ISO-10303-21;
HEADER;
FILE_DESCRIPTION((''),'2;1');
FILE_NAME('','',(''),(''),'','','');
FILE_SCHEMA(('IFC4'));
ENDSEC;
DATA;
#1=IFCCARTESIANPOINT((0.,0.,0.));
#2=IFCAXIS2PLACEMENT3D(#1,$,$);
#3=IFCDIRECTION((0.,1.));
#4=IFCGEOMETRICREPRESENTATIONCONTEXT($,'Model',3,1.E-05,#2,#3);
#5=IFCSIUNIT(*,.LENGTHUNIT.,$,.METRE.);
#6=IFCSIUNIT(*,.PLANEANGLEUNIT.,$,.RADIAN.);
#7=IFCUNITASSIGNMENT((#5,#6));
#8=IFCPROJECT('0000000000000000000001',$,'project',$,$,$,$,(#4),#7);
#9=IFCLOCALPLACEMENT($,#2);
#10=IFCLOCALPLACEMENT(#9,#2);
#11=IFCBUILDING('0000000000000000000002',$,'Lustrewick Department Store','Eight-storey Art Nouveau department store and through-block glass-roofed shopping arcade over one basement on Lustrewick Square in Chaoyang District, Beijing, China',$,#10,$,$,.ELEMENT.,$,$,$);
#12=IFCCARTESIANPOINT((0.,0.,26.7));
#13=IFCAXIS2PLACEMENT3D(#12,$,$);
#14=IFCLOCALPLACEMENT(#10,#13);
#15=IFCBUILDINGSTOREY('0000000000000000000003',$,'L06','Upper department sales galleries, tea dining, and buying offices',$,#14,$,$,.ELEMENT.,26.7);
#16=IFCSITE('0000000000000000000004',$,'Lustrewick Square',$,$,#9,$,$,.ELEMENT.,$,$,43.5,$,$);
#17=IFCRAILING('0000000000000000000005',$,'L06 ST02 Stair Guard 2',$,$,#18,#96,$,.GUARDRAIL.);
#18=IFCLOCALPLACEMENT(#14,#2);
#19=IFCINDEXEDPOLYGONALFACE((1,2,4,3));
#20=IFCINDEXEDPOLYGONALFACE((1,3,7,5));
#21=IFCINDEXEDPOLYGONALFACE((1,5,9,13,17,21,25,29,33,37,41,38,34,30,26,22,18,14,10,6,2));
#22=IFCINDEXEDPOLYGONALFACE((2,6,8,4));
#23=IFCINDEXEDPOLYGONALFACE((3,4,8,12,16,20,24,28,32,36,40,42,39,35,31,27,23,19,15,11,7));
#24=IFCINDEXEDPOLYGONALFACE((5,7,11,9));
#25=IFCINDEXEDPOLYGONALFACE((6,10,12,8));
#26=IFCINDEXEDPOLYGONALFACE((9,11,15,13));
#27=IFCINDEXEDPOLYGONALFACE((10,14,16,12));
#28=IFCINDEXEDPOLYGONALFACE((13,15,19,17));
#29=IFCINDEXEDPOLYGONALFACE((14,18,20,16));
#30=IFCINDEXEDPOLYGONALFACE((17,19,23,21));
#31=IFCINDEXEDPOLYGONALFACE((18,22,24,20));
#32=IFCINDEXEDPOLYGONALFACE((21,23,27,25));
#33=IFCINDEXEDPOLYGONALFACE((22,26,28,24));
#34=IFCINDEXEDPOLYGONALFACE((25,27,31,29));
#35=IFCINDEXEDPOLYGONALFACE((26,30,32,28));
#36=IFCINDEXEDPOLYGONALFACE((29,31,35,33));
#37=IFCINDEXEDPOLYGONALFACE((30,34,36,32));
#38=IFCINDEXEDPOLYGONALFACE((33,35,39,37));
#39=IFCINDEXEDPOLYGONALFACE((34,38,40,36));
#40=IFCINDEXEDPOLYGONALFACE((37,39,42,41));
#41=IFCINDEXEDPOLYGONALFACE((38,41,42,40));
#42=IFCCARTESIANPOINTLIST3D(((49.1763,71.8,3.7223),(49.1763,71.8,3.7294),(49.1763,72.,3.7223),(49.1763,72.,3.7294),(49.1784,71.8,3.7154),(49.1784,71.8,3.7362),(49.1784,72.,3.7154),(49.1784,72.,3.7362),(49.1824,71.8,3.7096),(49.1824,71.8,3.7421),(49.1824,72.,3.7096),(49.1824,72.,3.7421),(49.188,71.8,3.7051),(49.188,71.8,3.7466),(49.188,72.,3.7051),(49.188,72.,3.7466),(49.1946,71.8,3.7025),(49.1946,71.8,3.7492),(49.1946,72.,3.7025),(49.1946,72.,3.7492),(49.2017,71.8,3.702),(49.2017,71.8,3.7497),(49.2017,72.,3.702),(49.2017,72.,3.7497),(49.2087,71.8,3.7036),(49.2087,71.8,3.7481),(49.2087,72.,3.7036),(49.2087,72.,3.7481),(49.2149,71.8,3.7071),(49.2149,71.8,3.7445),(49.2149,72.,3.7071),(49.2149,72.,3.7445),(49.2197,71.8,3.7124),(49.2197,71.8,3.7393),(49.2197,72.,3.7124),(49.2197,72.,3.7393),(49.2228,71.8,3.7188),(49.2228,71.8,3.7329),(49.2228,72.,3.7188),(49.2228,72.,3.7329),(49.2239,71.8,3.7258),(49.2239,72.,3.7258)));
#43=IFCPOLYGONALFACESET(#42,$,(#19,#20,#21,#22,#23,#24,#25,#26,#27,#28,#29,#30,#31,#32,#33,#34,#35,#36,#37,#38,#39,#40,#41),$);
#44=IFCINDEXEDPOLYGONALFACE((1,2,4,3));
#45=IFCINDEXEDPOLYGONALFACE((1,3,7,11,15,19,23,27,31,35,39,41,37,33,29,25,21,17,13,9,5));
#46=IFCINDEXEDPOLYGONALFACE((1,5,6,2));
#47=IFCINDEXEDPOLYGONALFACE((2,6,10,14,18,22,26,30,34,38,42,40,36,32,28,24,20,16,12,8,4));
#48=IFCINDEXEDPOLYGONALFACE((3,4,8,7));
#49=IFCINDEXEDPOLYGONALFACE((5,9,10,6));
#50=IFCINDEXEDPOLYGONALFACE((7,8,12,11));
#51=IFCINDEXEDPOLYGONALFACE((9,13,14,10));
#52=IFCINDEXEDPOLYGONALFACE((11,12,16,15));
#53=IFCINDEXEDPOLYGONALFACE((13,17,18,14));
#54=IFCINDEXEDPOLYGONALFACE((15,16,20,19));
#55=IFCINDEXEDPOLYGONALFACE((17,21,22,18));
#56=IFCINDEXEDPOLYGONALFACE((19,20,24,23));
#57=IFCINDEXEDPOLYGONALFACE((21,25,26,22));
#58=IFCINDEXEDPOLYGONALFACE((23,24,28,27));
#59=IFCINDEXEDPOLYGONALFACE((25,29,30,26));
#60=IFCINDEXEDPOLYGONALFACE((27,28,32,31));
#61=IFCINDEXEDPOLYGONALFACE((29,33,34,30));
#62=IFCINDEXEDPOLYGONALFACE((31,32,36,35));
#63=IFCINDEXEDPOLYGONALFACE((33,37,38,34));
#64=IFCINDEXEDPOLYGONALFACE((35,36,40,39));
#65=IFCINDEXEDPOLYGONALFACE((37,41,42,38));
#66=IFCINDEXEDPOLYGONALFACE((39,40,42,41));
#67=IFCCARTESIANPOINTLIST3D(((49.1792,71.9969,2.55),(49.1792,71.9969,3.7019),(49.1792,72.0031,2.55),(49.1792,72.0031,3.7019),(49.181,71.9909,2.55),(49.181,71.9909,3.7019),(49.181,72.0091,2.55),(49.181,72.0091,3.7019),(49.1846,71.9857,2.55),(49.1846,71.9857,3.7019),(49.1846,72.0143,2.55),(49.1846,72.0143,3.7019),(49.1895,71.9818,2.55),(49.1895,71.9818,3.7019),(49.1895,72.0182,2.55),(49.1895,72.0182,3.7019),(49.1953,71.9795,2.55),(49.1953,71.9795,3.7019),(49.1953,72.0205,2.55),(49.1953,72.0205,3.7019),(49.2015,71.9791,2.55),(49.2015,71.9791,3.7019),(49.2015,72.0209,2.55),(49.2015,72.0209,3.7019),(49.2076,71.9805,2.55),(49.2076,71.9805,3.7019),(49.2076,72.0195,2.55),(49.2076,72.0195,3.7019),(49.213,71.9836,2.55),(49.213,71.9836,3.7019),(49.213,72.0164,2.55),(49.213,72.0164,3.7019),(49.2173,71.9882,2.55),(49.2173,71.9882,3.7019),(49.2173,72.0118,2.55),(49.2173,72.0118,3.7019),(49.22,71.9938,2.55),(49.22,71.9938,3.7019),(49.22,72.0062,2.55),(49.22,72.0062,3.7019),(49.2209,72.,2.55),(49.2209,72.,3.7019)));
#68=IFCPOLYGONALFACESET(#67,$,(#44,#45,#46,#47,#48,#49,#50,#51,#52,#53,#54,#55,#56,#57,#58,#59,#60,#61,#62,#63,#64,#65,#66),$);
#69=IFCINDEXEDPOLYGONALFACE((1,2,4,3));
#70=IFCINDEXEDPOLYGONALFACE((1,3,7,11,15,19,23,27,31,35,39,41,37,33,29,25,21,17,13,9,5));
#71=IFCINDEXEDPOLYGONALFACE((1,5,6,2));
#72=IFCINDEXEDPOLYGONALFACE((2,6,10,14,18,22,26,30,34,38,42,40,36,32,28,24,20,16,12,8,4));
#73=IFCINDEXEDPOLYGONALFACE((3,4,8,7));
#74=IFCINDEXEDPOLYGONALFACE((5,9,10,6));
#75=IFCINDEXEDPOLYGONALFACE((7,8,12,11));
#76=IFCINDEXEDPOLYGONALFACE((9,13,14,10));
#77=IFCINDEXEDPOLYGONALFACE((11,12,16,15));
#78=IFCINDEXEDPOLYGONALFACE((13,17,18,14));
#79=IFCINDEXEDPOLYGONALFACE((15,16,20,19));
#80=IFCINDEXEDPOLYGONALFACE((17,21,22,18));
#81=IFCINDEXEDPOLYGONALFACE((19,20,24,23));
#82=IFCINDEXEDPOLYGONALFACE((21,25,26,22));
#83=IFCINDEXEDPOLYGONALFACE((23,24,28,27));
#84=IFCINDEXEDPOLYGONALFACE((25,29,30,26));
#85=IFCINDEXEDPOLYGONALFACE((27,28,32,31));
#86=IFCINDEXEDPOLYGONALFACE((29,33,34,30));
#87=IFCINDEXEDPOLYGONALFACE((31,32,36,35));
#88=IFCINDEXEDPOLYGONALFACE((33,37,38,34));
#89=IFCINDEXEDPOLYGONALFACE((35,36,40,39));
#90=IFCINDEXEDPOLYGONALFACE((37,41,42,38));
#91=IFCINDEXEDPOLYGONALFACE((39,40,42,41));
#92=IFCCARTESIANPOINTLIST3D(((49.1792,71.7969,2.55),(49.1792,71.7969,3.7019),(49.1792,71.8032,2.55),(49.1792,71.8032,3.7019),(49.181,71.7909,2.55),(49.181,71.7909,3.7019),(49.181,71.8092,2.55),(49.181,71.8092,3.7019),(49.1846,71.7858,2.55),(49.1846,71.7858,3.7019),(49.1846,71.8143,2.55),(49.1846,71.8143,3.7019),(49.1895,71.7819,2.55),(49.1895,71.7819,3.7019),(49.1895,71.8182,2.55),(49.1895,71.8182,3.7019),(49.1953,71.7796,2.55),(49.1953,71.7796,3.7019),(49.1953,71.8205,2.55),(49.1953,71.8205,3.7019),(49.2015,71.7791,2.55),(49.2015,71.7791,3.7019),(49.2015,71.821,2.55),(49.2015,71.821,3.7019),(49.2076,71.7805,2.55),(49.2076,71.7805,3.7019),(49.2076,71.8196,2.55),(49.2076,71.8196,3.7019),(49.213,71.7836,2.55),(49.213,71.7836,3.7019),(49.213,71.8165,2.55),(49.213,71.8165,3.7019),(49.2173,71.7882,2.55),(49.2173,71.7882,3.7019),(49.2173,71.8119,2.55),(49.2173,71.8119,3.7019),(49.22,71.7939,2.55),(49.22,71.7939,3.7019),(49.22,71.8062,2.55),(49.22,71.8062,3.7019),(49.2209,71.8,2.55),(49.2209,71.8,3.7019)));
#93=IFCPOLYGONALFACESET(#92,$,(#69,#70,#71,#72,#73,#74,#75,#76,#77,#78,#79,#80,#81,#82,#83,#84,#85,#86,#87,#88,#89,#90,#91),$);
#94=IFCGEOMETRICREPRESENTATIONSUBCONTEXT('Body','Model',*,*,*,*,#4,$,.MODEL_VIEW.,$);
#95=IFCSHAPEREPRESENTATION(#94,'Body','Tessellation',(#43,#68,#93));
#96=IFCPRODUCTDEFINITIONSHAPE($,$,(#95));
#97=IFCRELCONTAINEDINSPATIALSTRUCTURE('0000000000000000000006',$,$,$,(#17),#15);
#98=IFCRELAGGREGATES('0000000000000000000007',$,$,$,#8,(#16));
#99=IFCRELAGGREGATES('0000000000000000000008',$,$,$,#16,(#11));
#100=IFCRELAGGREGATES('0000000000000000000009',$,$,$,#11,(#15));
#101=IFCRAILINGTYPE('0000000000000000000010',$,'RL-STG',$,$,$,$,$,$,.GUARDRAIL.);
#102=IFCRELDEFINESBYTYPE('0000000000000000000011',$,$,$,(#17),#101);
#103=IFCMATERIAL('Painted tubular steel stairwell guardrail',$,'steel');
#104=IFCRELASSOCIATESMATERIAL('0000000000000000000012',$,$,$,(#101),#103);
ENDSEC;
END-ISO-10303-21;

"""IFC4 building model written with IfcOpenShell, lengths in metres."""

from ifc_helpers import new_model, si_unit, direction, frame, origin, origin_2d, place, context, subcontext, project, spatial, circle, extrude, material, type_object, element, save


model = new_model("IFC4")

# Units and contexts
model_context = context("Model", 3, precision=1e-05, world=origin(), true_north=direction((0.0, 1.0)))
body_context = subcontext(model_context, "Body", "Model", "MODEL_VIEW")
ifc_project = project(units=[si_unit("LENGTHUNIT", "METRE"), si_unit("PLANEANGLEUNIT", "RADIAN")], contexts=[model_context])

# Site, building, storey
site_placement = place(None, origin())
site = spatial("IfcSite", under=ifc_project, at=site_placement, Name="Lustrewick Square", CompositionType="ELEMENT", RefElevation=43.5)
building_placement = place(site_placement, origin())
building = spatial("IfcBuilding", under=site, at=building_placement, Name="Lustrewick Department Store", Description="Eight-storey Art Nouveau department store and through-block glass-roofed shopping arcade over one basement on Lustrewick Square in Chaoyang District, Beijing, China", CompositionType="ELEMENT")
storey_placement = place(building_placement, frame((0.0, 0.0, 26.7)))
storey = spatial("IfcBuildingStorey", under=building, at=storey_placement, Name="L06", Description="Upper department sales galleries, tea dining, and buying offices", CompositionType="ELEMENT", Elevation=26.7)

# Railing
ifc_material_1 = material(Name="Painted tubular steel stairwell guardrail", Category="steel")
railing_type_1 = type_object("IfcRailingType", Name="RL-STG", PredefinedType="GUARDRAIL", material=ifc_material_1)
railing_1_placement = place(storey_placement, frame((49.2, 72.0, 2.55)))
element("IfcRailing", 1, at=railing_1_placement, inside=storey, type_object=railing_type_1, Name="L06 ST02 Stair Guard 2", PredefinedType="GUARDRAIL", context=body_context, shape_type="SweptSolid", body=[
    extrude(circle(Radius=0.0239, at=origin_2d()), frame((0.0, 0.0, 1.1758), z_axis=(0.0, -1.0, 0.0), x_axis=(1.0, 0.0, 0.0)), (0.0, 0.0, 1.0), 0.2),
    extrude(circle(Radius=0.021, at=origin_2d()), origin(), (0.0, 0.0, 1.0), 1.1519),
    extrude(circle(Radius=0.021, at=origin_2d()), frame((0.0, -0.2, 0.0)), (0.0, 0.0, 1.0), 1.1519),
])

save(model, "model.ifc")
